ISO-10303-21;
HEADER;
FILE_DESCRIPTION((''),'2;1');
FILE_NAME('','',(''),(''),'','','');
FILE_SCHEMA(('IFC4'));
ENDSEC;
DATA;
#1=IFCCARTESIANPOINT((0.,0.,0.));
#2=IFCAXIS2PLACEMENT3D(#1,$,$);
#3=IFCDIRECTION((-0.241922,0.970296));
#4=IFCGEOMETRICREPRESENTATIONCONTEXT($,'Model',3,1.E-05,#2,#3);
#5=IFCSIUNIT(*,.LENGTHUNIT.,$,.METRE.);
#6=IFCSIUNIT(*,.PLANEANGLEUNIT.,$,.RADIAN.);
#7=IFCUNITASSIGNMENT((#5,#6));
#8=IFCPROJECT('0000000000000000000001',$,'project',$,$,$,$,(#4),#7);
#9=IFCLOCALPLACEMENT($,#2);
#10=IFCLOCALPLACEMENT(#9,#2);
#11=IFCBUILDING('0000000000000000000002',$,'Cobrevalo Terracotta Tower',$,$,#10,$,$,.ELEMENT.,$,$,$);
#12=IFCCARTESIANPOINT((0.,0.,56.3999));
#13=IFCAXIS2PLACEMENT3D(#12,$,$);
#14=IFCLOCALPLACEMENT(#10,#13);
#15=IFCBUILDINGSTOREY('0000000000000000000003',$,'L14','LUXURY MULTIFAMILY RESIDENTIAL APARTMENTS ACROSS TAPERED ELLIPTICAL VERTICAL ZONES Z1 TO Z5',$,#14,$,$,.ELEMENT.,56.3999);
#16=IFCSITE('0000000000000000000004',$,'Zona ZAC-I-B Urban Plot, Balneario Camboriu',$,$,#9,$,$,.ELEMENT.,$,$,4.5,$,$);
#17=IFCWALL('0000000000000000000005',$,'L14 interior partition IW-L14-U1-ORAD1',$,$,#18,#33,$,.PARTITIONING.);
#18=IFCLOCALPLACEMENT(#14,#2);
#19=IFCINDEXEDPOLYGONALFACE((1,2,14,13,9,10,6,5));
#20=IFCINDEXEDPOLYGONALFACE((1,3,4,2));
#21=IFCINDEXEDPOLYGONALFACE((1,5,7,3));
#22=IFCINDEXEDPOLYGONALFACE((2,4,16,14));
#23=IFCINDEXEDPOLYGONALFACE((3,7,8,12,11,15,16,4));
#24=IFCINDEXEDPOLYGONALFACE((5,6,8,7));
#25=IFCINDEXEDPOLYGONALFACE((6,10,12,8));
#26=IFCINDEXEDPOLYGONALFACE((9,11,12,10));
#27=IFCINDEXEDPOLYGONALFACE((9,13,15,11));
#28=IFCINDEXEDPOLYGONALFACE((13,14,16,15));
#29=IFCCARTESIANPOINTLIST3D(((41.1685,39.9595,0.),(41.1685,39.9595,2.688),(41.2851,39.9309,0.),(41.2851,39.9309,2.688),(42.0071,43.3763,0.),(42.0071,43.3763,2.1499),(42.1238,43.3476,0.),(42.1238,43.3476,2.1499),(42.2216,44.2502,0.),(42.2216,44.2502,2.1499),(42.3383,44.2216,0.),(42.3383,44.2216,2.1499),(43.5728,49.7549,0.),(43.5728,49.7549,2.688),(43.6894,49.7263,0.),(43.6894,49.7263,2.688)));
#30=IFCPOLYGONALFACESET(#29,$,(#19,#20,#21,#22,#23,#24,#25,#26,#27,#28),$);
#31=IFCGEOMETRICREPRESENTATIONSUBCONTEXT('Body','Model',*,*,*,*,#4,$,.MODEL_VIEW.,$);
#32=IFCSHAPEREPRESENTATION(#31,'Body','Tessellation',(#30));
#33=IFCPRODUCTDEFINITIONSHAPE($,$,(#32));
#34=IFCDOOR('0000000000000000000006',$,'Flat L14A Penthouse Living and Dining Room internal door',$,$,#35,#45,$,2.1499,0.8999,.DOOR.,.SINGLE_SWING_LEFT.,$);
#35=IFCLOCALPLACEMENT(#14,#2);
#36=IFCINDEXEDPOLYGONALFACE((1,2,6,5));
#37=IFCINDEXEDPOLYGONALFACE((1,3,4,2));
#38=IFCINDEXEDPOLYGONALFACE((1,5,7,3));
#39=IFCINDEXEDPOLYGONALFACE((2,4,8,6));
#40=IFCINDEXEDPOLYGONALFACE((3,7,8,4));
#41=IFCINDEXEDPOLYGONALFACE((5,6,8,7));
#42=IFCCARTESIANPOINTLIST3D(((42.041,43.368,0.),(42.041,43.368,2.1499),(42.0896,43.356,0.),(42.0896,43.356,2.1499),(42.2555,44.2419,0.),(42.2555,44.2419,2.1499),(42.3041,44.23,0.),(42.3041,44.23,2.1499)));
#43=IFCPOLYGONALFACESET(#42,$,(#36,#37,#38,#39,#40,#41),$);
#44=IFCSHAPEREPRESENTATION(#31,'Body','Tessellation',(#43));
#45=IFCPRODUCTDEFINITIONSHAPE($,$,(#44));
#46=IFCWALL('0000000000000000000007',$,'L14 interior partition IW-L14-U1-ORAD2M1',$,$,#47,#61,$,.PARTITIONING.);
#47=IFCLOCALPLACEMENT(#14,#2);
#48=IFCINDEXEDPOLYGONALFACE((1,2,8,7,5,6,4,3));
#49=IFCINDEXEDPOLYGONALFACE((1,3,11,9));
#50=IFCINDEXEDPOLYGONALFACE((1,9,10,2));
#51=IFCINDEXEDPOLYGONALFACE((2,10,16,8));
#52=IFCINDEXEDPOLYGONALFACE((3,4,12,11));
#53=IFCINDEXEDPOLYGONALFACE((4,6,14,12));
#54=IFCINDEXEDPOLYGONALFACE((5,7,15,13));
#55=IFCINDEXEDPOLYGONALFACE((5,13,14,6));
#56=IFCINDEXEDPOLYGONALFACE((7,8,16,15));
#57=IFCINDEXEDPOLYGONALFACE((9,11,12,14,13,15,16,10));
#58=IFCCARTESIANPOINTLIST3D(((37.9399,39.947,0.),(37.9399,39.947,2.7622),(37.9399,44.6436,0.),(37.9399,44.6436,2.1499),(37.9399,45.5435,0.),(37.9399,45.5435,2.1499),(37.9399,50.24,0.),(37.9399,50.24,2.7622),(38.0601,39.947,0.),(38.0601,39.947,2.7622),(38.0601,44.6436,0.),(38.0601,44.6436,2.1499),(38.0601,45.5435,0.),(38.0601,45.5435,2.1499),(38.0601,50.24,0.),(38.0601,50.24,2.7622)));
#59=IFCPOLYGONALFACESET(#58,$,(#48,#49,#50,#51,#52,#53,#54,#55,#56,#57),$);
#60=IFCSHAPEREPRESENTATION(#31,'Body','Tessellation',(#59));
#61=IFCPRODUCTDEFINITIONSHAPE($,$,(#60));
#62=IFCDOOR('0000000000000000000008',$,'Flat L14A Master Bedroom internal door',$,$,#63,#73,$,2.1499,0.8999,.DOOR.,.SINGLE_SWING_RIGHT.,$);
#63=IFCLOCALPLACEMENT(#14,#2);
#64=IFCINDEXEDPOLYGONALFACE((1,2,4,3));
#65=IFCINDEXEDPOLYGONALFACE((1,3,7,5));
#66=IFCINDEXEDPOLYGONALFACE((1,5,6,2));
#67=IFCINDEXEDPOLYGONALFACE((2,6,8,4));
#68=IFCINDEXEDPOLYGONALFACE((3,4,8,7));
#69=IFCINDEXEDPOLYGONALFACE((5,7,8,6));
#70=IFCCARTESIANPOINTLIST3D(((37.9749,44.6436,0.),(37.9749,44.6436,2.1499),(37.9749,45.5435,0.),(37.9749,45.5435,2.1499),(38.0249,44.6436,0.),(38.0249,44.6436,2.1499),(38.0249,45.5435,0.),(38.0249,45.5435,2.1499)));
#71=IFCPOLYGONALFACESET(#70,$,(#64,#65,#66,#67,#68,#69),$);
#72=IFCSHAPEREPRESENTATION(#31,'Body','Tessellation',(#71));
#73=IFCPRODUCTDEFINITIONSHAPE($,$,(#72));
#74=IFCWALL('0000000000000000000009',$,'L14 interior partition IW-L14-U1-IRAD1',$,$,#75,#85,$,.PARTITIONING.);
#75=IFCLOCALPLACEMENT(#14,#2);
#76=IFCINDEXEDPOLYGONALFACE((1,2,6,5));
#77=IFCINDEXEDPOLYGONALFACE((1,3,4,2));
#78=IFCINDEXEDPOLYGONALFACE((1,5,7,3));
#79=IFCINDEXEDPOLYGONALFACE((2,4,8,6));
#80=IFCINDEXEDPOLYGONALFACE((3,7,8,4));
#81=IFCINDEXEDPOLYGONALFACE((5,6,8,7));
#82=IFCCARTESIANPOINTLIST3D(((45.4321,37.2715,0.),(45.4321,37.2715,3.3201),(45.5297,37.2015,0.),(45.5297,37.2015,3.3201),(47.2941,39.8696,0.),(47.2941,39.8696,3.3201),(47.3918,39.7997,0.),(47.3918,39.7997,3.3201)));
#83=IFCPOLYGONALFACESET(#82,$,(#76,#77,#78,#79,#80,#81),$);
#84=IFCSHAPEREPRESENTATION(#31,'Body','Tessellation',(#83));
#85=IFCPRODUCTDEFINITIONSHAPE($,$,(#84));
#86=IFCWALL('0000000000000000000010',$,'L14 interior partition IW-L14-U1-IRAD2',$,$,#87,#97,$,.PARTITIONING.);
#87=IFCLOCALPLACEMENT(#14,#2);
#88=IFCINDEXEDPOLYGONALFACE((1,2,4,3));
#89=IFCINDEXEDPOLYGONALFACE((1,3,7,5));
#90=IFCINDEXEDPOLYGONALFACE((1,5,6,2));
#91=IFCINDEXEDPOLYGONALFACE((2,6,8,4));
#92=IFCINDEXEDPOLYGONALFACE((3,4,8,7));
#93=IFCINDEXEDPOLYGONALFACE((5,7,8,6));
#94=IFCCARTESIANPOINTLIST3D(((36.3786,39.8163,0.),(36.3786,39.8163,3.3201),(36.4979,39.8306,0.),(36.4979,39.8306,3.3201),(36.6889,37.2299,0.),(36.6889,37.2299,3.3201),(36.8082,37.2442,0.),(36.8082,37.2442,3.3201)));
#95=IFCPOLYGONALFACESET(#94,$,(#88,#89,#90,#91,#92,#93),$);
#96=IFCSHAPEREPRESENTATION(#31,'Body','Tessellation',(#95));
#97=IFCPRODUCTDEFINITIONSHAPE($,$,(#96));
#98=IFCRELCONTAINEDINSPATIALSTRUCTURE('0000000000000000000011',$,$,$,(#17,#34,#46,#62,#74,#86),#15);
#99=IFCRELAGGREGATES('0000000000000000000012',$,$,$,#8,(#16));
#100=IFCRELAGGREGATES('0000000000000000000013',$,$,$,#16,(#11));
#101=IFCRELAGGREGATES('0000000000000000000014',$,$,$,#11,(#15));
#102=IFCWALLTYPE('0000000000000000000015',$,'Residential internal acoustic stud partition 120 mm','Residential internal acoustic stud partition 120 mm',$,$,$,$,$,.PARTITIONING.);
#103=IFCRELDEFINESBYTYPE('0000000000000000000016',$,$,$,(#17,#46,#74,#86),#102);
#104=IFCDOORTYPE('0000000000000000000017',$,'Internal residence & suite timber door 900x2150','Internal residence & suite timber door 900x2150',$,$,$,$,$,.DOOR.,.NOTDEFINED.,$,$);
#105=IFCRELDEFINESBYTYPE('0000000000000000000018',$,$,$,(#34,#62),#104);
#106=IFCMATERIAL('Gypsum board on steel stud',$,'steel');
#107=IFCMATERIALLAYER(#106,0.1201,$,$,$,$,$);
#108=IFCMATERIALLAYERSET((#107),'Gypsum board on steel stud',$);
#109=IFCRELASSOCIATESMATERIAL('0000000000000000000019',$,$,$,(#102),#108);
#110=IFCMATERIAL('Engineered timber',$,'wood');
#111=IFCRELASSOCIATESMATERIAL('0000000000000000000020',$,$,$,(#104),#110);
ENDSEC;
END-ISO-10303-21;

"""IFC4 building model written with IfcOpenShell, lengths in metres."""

from ifc_helpers import new_model, si_unit, direction, frame, frame_2d, origin, place, context, subcontext, project, spatial, rectangle, extrude, source, transform, mapped, material, layer, layer_set, type_object, element, fill, save


model = new_model("IFC4")

# Units and contexts
model_context = context("Model", 3, precision=1e-05, world=origin(), true_north=direction((-0.241922, 0.970296)))
body_context = subcontext(model_context, "Body", "Model", "MODEL_VIEW")
ifc_project = project(units=[si_unit("LENGTHUNIT", "METRE"), si_unit("PLANEANGLEUNIT", "RADIAN")], contexts=[model_context])

# Site, building, storey
site_placement = place(None, origin())
site = spatial("IfcSite", under=ifc_project, at=site_placement, Name="Zona ZAC-I-B Urban Plot, Balneario Camboriu", CompositionType="ELEMENT", RefElevation=4.5)
building_placement = place(site_placement, origin())
building = spatial("IfcBuilding", under=site, at=building_placement, Name="Cobrevalo Terracotta Tower", CompositionType="ELEMENT")
storey_placement = place(building_placement, frame((0.0, 0.0, 56.3999)))
storey = spatial("IfcBuildingStorey", under=building, at=storey_placement, Name="L14", Description="LUXURY MULTIFAMILY RESIDENTIAL APARTMENTS ACROSS TAPERED ELLIPTICAL VERTICAL ZONES Z1 TO Z5", CompositionType="ELEMENT", Elevation=56.3999)

# Walls, openings, doors
ifc_material_1 = material(Name="Gypsum board on steel stud", Category="steel")
ifc_layer_1 = layer(ifc_material_1, 0.1201)
ifc_layer_set_1 = layer_set([ifc_layer_1], Name="Gypsum board on steel stud")
wall_type = type_object("IfcWallType", Name="Residential internal acoustic stud partition 120 mm", Description="Residential internal acoustic stud partition 120 mm", PredefinedType="PARTITIONING", material=ifc_layer_set_1)
wall_1_placement = place(storey_placement, frame((41.2268, 39.9453, 0.0), z_axis=(0.0, 0.0, 1.0), x_axis=(0.238376, 0.971173, 0.0)))
wall_1 = element("IfcWall", 1, at=wall_1_placement, inside=storey, type_object=wall_type, Name="L14 interior partition IW-L14-U1-ORAD1", PredefinedType="PARTITIONING", context=body_context, shape_type="SweptSolid", body=[
    extrude(rectangle(XDim=10.0862, YDim=0.1201, at=frame_2d((5.043, 0.0))), origin(), (0.0, 0.0, 1.0), 2.688),
])
opening_1_placement = place(wall_1_placement, frame((3.5181, 0.0, 0.0)))
opening_1 = element("IfcOpeningElement", 2, at=opening_1_placement, cuts=wall_1, PredefinedType="OPENING", context=body_context, shape_type="SweptSolid", body=[
    extrude(rectangle(XDim=0.8999, YDim=2.1499, at=frame_2d((0.45, 1.075))), frame((0.0, 0.0701, 0.0), z_axis=(0.0, -1.0, 0.0), x_axis=(1.0, 0.0, 0.0)), (0.0, 0.0, 1.0), 0.1401),
])
ifc_material_2 = material(Name="Engineered timber", Category="wood")
door_type = type_object("IfcDoorType", Name="Internal residence & suite timber door 900x2150", Description="Internal residence & suite timber door 900x2150", OperationType="NOTDEFINED", PredefinedType="DOOR", material=ifc_material_2)
shared_shape_1 = source(origin(), body_context, "Body", "SweptSolid", [
    extrude(rectangle(XDim=0.8999, YDim=2.1499, at=frame_2d((0.45, 1.075))), frame((0.0, 0.0249, 0.0), z_axis=(0.0, -1.0, 0.0), x_axis=(1.0, 0.0, 0.0)), (0.0, 0.0, 1.0), 0.05),
])
door_1_placement = place(opening_1_placement, frame((0.8999, 0.0, 0.0), z_axis=(0.0, 0.0, 1.0), x_axis=(-1.0, 0.0, 0.0)))
door_1 = element("IfcDoor", 3, at=door_1_placement, inside=storey, type_object=door_type, Name="Flat L14A Penthouse Living and Dining Room internal door", OperationType="SINGLE_SWING_LEFT", OverallHeight=2.1499, OverallWidth=0.8999, PredefinedType="DOOR", context=body_context, shape_type="MappedRepresentation", body=[
    mapped(shared_shape_1, transform((0.0, 0.0, 0.0), scale=1.0)),
])
fill(opening_1, door_1)
wall_2_placement = place(storey_placement, frame((38.0, 39.947, 0.0), z_axis=(0.0, 0.0, 1.0), x_axis=(0.0, 1.0, 0.0)))
wall_2 = element("IfcWall", 4, at=wall_2_placement, inside=storey, type_object=wall_type, Name="L14 interior partition IW-L14-U1-ORAD2M1", PredefinedType="PARTITIONING", context=body_context, shape_type="SweptSolid", body=[
    extrude(rectangle(XDim=10.293, YDim=0.1201, at=frame_2d((5.1465, 0.0))), origin(), (0.0, 0.0, 1.0), 2.7622),
])
opening_2_placement = place(wall_2_placement, frame((4.6965, 0.0, 0.0)))
opening_2 = element("IfcOpeningElement", 5, at=opening_2_placement, cuts=wall_2, PredefinedType="OPENING", context=body_context, shape_type="SweptSolid", body=[
    extrude(rectangle(XDim=0.8999, YDim=2.1499, at=frame_2d((0.45, 1.075))), frame((0.0, 0.0701, 0.0), z_axis=(0.0, -1.0, 0.0), x_axis=(1.0, 0.0, 0.0)), (0.0, 0.0, 1.0), 0.1401),
])
door_2_placement = place(opening_2_placement, frame((0.8999, 0.0, 0.0), z_axis=(0.0, 0.0, 1.0), x_axis=(-1.0, 0.0, 0.0)))
door_2 = element("IfcDoor", 6, at=door_2_placement, inside=storey, type_object=door_type, Name="Flat L14A Master Bedroom internal door", OperationType="SINGLE_SWING_RIGHT", OverallHeight=2.1499, OverallWidth=0.8999, PredefinedType="DOOR", context=body_context, shape_type="MappedRepresentation", body=[
    mapped(shared_shape_1, transform((0.0, 0.0, 0.0), scale=1.0)),
])
fill(opening_2, door_2)

# Walls
wall_3_placement = place(storey_placement, frame((45.481, 37.2366, 0.0), z_axis=(0.0, 0.0, 1.0), x_axis=(0.582531, 0.812809, 0.0)))
element("IfcWall", 7, at=wall_3_placement, inside=storey, type_object=wall_type, Name="L14 interior partition IW-L14-U1-IRAD1", PredefinedType="PARTITIONING", context=body_context, shape_type="SweptSolid", body=[
    extrude(rectangle(XDim=3.1965, YDim=0.1201, at=frame_2d((1.5981, 0.0))), origin(), (0.0, 0.0, 1.0), 3.3201),
])
wall_4_placement = place(storey_placement, frame((36.7485, 37.2371, 0.0), z_axis=(0.0, 0.0, 1.0), x_axis=(-0.119119, 0.99288, 0.0)))
element("IfcWall", 8, at=wall_4_placement, inside=storey, type_object=wall_type, Name="L14 interior partition IW-L14-U1-IRAD2", PredefinedType="PARTITIONING", context=body_context, shape_type="SweptSolid", body=[
    extrude(rectangle(XDim=2.605, YDim=0.1201, at=frame_2d((1.3025, 0.0))), origin(), (0.0, 0.0, 1.0), 3.3201),
])

save(model, "model.ifc")
